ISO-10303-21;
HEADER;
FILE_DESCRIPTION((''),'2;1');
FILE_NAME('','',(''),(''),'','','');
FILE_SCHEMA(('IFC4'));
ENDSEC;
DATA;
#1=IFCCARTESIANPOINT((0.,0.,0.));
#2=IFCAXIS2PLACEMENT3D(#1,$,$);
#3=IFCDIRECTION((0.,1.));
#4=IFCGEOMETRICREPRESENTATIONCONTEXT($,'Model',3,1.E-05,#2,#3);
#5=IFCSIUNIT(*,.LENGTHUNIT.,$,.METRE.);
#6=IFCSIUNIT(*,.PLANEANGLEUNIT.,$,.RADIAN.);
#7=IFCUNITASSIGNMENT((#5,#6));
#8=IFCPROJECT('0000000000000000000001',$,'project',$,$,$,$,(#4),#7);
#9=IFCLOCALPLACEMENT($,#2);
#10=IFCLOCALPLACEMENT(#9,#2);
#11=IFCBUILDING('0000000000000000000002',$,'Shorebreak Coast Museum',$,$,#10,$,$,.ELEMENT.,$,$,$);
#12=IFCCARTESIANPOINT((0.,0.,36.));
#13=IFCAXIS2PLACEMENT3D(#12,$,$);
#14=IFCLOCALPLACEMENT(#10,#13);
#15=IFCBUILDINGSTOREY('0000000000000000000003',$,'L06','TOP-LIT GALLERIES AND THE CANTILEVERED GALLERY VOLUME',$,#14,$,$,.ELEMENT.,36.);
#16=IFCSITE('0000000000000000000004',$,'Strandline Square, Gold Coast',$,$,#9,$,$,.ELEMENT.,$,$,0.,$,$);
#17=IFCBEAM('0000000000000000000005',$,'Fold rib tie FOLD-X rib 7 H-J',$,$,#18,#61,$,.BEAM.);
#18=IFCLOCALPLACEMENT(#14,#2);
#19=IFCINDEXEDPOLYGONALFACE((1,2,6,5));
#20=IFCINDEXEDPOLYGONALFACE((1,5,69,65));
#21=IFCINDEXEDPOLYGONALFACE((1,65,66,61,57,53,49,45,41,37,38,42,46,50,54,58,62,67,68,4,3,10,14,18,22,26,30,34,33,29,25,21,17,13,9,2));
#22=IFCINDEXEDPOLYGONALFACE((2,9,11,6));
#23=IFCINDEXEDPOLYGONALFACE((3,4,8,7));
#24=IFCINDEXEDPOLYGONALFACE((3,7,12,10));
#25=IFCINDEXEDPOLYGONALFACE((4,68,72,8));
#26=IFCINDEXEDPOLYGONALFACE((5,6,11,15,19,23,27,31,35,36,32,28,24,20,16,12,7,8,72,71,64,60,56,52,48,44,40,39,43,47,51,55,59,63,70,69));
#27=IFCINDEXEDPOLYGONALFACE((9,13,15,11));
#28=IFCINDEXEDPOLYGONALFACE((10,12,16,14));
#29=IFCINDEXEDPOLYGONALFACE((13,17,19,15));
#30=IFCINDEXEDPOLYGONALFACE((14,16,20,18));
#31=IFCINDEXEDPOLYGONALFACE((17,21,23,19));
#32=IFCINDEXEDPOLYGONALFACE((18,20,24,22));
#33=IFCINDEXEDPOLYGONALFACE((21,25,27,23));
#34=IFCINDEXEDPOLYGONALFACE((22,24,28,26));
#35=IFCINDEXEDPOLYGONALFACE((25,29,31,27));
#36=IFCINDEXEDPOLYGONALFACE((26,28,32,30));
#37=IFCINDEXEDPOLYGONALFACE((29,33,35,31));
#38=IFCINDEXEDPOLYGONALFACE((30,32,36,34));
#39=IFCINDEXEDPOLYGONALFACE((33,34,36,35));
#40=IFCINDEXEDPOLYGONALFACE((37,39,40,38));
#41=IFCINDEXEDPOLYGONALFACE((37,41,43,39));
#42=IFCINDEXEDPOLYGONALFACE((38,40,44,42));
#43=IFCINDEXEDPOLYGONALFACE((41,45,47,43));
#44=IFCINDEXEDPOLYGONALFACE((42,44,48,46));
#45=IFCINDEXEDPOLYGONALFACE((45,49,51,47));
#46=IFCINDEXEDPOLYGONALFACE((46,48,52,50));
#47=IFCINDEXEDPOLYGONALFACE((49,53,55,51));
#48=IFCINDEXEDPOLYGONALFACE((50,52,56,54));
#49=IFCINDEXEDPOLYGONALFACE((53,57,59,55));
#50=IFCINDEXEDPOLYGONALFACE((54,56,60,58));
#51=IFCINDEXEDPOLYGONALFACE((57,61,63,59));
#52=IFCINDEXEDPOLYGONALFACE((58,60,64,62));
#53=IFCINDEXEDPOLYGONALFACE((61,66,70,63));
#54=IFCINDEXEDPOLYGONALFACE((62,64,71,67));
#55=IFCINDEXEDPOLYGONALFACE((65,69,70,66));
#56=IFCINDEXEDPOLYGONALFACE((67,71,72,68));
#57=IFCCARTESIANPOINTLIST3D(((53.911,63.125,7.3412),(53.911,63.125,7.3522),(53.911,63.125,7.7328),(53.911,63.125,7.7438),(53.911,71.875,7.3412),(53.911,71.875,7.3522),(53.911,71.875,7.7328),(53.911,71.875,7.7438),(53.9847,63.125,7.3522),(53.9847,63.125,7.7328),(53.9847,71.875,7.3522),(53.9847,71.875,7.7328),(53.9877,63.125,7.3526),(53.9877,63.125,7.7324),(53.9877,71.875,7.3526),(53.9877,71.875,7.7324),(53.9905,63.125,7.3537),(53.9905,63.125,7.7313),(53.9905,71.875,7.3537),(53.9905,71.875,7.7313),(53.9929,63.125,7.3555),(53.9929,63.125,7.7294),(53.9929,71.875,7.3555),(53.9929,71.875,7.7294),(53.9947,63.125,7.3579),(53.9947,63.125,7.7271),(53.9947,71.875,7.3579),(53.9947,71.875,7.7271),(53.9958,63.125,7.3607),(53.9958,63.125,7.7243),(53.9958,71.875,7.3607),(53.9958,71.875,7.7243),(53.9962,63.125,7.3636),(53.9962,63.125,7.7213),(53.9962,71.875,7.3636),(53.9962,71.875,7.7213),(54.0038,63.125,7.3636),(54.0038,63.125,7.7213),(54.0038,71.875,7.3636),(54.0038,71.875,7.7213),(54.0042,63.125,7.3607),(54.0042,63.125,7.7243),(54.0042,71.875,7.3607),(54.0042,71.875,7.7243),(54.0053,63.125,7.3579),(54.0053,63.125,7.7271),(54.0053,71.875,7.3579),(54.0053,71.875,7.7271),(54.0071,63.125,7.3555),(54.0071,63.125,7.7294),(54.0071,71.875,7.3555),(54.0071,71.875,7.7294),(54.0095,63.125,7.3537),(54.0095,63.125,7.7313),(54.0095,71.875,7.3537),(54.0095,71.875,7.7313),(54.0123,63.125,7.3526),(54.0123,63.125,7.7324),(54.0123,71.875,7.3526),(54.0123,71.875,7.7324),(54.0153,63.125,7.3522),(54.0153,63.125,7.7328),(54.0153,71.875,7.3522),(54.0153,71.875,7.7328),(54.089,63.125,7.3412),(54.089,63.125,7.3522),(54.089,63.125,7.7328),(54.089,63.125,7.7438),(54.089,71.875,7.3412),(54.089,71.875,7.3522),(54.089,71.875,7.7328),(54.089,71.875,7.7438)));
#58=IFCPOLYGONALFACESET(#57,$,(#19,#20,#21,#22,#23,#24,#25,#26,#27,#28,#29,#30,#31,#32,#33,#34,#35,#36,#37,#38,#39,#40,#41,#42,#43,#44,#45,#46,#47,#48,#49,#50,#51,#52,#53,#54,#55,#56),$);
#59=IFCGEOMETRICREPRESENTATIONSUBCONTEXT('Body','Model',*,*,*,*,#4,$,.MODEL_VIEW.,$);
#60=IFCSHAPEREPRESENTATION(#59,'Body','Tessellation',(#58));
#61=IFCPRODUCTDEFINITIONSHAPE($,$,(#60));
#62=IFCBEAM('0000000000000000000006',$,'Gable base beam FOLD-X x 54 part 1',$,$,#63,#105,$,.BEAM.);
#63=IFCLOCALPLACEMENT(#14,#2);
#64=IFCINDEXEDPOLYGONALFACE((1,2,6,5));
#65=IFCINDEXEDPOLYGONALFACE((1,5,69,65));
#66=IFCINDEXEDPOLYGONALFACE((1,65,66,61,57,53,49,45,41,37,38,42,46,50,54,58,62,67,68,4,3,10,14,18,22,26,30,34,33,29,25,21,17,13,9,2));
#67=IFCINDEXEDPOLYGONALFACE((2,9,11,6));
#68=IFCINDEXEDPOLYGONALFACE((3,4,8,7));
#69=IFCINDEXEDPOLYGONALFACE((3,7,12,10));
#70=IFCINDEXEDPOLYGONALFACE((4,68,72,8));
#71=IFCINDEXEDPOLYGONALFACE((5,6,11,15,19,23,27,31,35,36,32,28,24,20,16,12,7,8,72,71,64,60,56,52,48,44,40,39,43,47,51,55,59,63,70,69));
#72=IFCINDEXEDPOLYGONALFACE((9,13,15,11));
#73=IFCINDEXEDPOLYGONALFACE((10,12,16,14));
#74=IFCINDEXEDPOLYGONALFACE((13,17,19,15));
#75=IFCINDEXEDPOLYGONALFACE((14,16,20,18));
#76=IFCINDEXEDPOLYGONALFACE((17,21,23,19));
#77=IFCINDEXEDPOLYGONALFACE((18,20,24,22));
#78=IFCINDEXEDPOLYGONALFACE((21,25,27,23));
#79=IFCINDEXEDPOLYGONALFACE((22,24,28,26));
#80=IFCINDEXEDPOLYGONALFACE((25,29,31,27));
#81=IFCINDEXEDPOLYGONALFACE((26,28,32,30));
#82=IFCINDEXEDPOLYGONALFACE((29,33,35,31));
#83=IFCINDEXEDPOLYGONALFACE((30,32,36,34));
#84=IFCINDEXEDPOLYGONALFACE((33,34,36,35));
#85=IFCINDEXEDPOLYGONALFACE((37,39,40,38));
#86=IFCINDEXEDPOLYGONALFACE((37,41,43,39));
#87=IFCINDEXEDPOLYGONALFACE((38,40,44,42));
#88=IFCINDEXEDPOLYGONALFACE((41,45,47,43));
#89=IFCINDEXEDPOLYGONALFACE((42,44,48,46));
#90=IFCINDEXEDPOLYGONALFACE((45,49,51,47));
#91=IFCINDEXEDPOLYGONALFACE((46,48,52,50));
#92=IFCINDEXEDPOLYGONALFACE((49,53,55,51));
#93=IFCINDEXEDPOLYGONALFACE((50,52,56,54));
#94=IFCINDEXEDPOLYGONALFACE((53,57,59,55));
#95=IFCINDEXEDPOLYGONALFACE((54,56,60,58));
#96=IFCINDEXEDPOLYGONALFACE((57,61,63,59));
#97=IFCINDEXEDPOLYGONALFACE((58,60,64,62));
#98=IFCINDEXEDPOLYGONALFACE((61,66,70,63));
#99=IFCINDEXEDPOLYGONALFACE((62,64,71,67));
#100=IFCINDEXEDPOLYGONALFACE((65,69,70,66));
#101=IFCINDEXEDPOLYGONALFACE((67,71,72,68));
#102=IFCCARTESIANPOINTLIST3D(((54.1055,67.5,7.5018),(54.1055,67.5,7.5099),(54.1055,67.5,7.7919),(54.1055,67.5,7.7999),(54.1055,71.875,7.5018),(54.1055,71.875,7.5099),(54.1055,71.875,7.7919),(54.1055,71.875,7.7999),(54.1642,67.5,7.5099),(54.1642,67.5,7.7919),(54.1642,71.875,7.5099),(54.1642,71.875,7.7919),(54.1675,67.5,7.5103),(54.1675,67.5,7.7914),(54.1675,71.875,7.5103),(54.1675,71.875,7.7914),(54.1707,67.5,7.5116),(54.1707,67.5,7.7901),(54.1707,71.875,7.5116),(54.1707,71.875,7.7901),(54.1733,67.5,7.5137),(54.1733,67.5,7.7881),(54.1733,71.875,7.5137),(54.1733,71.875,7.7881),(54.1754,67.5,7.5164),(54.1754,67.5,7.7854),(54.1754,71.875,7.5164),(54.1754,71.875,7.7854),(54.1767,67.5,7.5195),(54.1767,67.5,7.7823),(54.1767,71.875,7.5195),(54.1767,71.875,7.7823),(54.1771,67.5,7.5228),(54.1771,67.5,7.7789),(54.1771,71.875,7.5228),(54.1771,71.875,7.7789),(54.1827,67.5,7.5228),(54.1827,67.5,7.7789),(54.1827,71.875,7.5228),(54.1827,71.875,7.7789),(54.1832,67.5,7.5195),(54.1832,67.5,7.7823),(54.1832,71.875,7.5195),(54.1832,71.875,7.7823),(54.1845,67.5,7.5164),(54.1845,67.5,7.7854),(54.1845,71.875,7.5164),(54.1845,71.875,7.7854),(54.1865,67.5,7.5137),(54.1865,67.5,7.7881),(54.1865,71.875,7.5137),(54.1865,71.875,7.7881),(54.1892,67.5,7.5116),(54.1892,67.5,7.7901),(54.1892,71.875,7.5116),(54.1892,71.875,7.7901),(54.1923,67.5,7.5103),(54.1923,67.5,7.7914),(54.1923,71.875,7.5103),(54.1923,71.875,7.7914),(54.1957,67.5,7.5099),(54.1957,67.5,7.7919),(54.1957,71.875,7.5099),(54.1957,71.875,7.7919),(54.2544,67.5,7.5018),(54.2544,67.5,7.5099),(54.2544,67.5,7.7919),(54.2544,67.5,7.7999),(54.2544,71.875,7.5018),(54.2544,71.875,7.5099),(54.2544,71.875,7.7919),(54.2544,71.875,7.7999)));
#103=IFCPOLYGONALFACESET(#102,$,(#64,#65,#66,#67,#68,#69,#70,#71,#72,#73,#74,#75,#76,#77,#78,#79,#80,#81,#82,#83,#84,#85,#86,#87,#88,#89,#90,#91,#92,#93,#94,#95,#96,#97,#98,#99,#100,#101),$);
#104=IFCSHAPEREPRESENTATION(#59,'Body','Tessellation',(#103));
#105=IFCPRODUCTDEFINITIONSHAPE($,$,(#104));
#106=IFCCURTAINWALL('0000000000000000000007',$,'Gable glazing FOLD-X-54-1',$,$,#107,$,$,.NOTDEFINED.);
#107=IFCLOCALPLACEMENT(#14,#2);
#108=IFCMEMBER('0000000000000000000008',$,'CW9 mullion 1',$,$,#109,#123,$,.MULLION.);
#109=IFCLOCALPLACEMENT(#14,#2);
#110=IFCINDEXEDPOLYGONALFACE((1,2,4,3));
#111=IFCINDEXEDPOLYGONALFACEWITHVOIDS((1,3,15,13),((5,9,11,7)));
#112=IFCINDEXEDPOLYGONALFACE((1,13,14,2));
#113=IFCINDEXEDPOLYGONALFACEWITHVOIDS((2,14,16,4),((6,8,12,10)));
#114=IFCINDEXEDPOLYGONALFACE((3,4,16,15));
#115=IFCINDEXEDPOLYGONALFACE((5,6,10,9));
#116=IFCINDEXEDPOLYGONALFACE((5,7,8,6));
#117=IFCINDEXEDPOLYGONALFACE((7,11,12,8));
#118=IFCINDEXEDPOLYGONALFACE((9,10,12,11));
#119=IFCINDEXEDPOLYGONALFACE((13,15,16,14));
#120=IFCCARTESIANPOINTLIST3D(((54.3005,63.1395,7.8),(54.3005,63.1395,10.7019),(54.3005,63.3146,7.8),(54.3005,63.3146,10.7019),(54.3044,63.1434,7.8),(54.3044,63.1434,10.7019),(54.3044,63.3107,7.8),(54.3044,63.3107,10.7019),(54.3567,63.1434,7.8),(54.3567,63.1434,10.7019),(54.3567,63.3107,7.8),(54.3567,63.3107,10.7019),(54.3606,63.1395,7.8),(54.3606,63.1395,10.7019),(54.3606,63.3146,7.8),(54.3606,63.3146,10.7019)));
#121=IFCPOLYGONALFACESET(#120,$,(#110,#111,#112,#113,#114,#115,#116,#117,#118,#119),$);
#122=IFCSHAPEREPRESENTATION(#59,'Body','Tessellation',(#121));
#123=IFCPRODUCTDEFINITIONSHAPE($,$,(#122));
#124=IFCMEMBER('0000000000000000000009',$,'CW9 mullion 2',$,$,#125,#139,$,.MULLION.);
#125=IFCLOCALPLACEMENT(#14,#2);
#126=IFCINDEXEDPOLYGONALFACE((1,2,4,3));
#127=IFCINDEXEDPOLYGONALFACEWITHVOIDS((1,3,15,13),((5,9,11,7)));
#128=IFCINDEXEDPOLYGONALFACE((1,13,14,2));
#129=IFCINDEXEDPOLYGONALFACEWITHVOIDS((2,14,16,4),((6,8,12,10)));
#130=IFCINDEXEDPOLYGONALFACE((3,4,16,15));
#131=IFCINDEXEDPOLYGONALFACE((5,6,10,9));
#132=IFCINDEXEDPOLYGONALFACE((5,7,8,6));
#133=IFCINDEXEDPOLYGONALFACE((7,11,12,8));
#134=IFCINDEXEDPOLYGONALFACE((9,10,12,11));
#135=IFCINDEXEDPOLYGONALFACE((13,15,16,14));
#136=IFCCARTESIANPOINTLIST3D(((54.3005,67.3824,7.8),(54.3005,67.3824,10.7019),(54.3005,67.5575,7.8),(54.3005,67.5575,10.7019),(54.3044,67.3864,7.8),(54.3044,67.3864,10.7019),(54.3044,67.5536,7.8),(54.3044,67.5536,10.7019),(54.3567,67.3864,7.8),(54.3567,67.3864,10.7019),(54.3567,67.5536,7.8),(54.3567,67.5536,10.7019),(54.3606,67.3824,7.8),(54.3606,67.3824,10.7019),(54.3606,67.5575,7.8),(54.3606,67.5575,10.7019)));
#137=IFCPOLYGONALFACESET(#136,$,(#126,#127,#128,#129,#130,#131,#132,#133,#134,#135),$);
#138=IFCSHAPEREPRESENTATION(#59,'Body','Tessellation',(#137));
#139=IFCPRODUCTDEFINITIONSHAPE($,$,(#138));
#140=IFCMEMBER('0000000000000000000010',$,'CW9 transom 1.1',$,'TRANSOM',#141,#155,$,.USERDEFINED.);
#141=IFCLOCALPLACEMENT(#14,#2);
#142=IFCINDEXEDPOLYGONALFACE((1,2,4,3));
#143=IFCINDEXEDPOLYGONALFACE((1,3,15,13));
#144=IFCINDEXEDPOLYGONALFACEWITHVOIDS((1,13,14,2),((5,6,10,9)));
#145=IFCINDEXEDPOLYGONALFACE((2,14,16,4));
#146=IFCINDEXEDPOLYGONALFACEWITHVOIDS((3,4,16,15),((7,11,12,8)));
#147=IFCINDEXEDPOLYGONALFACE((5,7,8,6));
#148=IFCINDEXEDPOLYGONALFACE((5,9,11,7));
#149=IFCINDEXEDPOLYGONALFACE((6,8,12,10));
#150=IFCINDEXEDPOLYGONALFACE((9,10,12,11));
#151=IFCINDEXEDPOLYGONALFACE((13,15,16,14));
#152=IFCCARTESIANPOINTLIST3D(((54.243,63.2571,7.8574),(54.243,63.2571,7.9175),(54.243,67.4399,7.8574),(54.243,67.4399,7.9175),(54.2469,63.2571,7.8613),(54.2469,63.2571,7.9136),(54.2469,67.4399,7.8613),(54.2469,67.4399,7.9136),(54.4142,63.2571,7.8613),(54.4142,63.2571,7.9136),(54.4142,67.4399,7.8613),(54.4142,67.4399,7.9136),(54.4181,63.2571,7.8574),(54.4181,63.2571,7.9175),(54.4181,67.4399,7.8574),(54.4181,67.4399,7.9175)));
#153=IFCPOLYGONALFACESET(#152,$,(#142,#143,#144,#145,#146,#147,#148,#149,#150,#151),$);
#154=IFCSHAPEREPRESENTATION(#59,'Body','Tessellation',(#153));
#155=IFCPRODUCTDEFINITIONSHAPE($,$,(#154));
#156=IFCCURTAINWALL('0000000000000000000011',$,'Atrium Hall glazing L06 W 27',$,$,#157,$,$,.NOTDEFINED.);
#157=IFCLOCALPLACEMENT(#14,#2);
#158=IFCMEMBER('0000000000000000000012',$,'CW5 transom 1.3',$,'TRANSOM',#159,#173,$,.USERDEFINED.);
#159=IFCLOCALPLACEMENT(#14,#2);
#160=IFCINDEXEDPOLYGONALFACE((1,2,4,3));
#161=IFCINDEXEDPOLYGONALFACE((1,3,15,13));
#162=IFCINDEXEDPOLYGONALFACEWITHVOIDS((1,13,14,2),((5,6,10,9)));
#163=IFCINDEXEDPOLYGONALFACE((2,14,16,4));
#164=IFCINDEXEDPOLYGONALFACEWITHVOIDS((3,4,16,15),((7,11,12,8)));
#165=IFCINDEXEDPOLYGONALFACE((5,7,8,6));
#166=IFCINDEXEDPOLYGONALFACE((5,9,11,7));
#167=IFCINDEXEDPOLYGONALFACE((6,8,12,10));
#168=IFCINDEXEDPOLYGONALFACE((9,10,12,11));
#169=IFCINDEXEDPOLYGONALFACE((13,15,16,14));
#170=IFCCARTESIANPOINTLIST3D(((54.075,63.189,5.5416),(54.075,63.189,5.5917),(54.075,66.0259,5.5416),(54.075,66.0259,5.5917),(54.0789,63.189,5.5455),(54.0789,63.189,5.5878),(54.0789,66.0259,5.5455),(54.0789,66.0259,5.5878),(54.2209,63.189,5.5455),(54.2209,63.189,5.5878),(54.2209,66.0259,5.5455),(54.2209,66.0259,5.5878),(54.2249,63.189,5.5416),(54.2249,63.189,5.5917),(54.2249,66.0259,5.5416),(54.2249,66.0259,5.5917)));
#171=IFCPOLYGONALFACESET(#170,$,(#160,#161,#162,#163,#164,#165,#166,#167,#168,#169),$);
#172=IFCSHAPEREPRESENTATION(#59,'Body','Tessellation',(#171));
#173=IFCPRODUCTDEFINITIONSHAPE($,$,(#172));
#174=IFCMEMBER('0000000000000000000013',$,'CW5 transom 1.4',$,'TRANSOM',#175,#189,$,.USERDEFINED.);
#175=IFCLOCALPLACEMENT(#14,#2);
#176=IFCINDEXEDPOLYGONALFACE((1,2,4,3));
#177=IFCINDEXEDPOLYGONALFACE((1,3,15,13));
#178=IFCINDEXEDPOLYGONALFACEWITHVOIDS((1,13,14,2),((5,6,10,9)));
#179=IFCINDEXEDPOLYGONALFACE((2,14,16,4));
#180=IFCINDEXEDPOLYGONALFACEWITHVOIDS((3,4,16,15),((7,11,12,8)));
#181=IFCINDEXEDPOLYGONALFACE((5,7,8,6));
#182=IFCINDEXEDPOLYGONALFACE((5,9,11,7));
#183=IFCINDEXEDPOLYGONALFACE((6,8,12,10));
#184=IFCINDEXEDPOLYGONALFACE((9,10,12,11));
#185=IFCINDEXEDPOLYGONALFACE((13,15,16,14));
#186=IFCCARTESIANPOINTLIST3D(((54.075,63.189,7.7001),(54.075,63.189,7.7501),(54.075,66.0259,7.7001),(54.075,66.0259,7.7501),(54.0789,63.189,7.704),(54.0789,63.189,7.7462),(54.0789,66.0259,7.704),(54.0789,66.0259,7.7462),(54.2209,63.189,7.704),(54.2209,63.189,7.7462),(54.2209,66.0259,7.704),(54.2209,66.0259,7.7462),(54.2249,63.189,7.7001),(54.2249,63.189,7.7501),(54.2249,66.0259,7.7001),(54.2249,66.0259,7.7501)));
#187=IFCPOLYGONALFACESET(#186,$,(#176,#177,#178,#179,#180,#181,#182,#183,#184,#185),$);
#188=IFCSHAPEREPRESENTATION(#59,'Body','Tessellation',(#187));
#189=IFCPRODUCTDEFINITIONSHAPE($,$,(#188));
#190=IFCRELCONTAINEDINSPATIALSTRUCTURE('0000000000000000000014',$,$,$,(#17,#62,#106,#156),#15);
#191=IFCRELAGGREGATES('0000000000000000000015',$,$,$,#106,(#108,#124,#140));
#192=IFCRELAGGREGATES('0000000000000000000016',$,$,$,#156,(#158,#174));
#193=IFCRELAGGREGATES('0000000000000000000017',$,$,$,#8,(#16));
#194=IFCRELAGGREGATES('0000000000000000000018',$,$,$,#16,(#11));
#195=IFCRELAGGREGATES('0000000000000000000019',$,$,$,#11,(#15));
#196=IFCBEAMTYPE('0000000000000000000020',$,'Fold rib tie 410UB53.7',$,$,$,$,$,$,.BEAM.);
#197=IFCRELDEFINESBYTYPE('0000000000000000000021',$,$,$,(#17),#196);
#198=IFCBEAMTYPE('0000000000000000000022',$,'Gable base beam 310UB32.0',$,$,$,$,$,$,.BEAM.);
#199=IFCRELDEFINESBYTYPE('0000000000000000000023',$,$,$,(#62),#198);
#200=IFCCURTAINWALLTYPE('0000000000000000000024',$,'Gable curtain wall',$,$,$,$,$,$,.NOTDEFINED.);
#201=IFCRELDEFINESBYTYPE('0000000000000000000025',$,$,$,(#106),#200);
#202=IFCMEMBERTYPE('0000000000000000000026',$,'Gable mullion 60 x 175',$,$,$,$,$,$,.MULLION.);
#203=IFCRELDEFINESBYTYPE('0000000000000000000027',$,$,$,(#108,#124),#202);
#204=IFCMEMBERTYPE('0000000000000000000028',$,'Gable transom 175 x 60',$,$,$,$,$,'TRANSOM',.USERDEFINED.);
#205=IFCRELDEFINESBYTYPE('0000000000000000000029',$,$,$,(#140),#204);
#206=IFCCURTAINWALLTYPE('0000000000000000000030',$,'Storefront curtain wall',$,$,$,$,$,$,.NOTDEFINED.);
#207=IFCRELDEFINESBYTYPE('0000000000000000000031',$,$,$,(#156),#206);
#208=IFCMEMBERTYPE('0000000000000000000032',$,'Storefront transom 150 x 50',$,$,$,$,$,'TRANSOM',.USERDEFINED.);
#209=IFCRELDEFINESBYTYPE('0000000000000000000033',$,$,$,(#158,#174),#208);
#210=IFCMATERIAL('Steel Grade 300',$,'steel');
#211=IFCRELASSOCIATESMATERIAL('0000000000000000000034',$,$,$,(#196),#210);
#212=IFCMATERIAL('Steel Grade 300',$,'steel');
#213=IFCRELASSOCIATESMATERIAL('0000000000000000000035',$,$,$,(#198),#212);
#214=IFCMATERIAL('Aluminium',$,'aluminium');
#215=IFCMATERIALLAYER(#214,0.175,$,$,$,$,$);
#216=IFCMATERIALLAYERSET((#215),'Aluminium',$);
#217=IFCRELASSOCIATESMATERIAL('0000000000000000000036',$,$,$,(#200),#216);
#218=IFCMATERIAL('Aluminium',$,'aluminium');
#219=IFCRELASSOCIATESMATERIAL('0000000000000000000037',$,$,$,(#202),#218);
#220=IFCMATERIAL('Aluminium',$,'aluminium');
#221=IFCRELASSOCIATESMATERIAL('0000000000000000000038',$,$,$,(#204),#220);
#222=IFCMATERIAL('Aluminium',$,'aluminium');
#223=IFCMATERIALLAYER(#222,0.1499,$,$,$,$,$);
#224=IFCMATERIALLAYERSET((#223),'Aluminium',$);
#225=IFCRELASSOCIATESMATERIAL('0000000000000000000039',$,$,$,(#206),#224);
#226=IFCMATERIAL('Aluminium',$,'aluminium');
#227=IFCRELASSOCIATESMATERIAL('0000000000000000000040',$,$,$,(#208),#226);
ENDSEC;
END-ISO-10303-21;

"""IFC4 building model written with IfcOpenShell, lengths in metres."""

from ifc_helpers import new_model, si_unit, direction, frame, origin, origin_2d, place, context, subcontext, project, spatial, hollow_rectangle, i_section, extrude, material, layer, layer_set, material_profile, profile_set, type_object, element, aggregate, save


model = new_model("IFC4")

# Units and contexts
model_context = context("Model", 3, precision=1e-05, world=origin(), true_north=direction((0.0, 1.0)))
body_context = subcontext(model_context, "Body", "Model", "MODEL_VIEW")
ifc_project = project(units=[si_unit("LENGTHUNIT", "METRE"), si_unit("PLANEANGLEUNIT", "RADIAN")], contexts=[model_context])

# Site, building, storey
site_placement = place(None, origin())
site = spatial("IfcSite", under=ifc_project, at=site_placement, Name="Strandline Square, Gold Coast", CompositionType="ELEMENT", RefElevation=0.0)
building_placement = place(site_placement, origin())
building = spatial("IfcBuilding", under=site, at=building_placement, Name="Shorebreak Coast Museum", CompositionType="ELEMENT")
storey_placement = place(building_placement, frame((0.0, 0.0, 36.0)))
storey = spatial("IfcBuildingStorey", under=building, at=storey_placement, Name="L06", Description="TOP-LIT GALLERIES AND THE CANTILEVERED GALLERY VOLUME", CompositionType="ELEMENT", Elevation=36.0)

# Beams
ifc_material_1 = material(Name="Steel Grade 300", Category="steel")
ifc_material_profile_1 = material_profile(ifc_material_1, i_section(OverallWidth=0.178, OverallDepth=0.4026, WebThickness=0.0076, FlangeThickness=0.011, FilletRadius=0.0115, at=origin_2d()), Name="410UB53.7")
ifc_profile_set_1 = profile_set([ifc_material_profile_1], Name="Steel Grade 300")
beam_type_1 = type_object("IfcBeamType", Name="Fold rib tie 410UB53.7", PredefinedType="BEAM", material=ifc_profile_set_1)
beam_1_placement = place(storey_placement, frame((54.0, 63.125, 7.5425), z_axis=(0.0, 1.0, 0.0), x_axis=(-1.0, 0.0, 0.0)))
element("IfcBeam", 1, at=beam_1_placement, inside=storey, type_object=beam_type_1, Name="Fold rib tie FOLD-X rib 7 H-J", PredefinedType="BEAM", context=body_context, shape_type="SweptSolid", body=[
    extrude(i_section(OverallWidth=0.178, OverallDepth=0.4026, WebThickness=0.0076, FlangeThickness=0.011, FilletRadius=0.0115, at=origin_2d()), origin(), (0.0, 0.0, 1.0), 8.75),
])
ifc_material_2 = material(Name="Steel Grade 300", Category="steel")
ifc_material_profile_2 = material_profile(ifc_material_2, i_section(OverallWidth=0.1489, OverallDepth=0.2981, WebThickness=0.0056, FlangeThickness=0.0081, FilletRadius=0.0129, at=origin_2d()), Name="310UB32.0")
ifc_profile_set_2 = profile_set([ifc_material_profile_2], Name="Steel Grade 300")
beam_type_2 = type_object("IfcBeamType", Name="Gable base beam 310UB32.0", PredefinedType="BEAM", material=ifc_profile_set_2)
beam_2_placement = place(storey_placement, frame((54.1799, 67.5, 7.6509), z_axis=(0.0, 1.0, 0.0), x_axis=(-1.0, 0.0, 0.0)))
element("IfcBeam", 2, at=beam_2_placement, inside=storey, type_object=beam_type_2, Name="Gable base beam FOLD-X x 54 part 1", PredefinedType="BEAM", context=body_context, shape_type="SweptSolid", body=[
    extrude(i_section(OverallWidth=0.1489, OverallDepth=0.2981, WebThickness=0.0056, FlangeThickness=0.0081, FilletRadius=0.0129, at=origin_2d()), origin(), (0.0, 0.0, 1.0), 4.375),
])

# Curtain wall, members
ifc_material_3 = material(Name="Aluminium", Category="aluminium")
ifc_layer_1 = layer(ifc_material_3, 0.175)
ifc_layer_set_1 = layer_set([ifc_layer_1], Name="Aluminium")
curtain_wall_type_1 = type_object("IfcCurtainWallType", Name="Gable curtain wall", PredefinedType="NOTDEFINED", material=ifc_layer_set_1)
curtain_wall_1_placement = place(storey_placement, origin())
curtain_wall_1 = element("IfcCurtainWall", 3, at=curtain_wall_1_placement, inside=storey, type_object=curtain_wall_type_1, Name="Gable glazing FOLD-X-54-1", PredefinedType="NOTDEFINED")
ifc_material_4 = material(Name="Aluminium", Category="aluminium")
ifc_material_profile_3 = material_profile(ifc_material_4, hollow_rectangle(XDim=0.0601, YDim=0.175, WallThickness=0.0039, at=origin_2d()), Name="AL 175x60 RHS")
ifc_profile_set_3 = profile_set([ifc_material_profile_3], Name="Aluminium")
member_type_1 = type_object("IfcMemberType", Name="Gable mullion 60 x 175", PredefinedType="MULLION", material=ifc_profile_set_3)
member_1_placement = place(storey_placement, frame((54.3306, 63.2271, 7.8), z_axis=(0.0, 0.0, 1.0), x_axis=(-1.0, 0.0, 0.0)))
member_1 = element("IfcMember", 4, at=member_1_placement, type_object=member_type_1, Name="CW9 mullion 1", PredefinedType="MULLION", context=body_context, shape_type="SweptSolid", body=[
    extrude(hollow_rectangle(XDim=0.0601, YDim=0.175, WallThickness=0.0039, at=origin_2d()), origin(), (0.0, 0.0, 1.0), 2.9019),
])
member_2_placement = place(storey_placement, frame((54.3306, 67.47, 7.8), z_axis=(0.0, 0.0, 1.0), x_axis=(-1.0, 0.0, 0.0)))
member_2 = element("IfcMember", 5, at=member_2_placement, type_object=member_type_1, Name="CW9 mullion 2", PredefinedType="MULLION", context=body_context, shape_type="SweptSolid", body=[
    extrude(hollow_rectangle(XDim=0.0601, YDim=0.175, WallThickness=0.0039, at=origin_2d()), origin(), (0.0, 0.0, 1.0), 2.9019),
])
ifc_material_5 = material(Name="Aluminium", Category="aluminium")
ifc_material_profile_4 = material_profile(ifc_material_5, hollow_rectangle(XDim=0.175, YDim=0.0601, WallThickness=0.0039, at=origin_2d()), Name="AL 60x175 RHS")
ifc_profile_set_4 = profile_set([ifc_material_profile_4], Name="Aluminium")
member_type_2 = type_object("IfcMemberType", Name="Gable transom 175 x 60", ElementType="TRANSOM", PredefinedType="USERDEFINED", material=ifc_profile_set_4)
member_3_placement = place(storey_placement, frame((54.3306, 63.2571, 7.8875), z_axis=(0.0, 1.0, 0.0), x_axis=(-1.0, 0.0, 0.0)))
member_3 = element("IfcMember", 6, at=member_3_placement, type_object=member_type_2, Name="CW9 transom 1.1", ObjectType="TRANSOM", PredefinedType="USERDEFINED", context=body_context, shape_type="SweptSolid", body=[
    extrude(hollow_rectangle(XDim=0.175, YDim=0.0601, WallThickness=0.0039, at=origin_2d()), origin(), (0.0, 0.0, 1.0), 4.1829),
])
aggregate(curtain_wall_1, [member_1, member_2, member_3])

# Curtain wall, members
ifc_material_6 = material(Name="Aluminium", Category="aluminium")
ifc_layer_2 = layer(ifc_material_6, 0.1499)
ifc_layer_set_2 = layer_set([ifc_layer_2], Name="Aluminium")
curtain_wall_type_2 = type_object("IfcCurtainWallType", Name="Storefront curtain wall", PredefinedType="NOTDEFINED", material=ifc_layer_set_2)
curtain_wall_2_placement = place(storey_placement, origin())
curtain_wall_2 = element("IfcCurtainWall", 7, at=curtain_wall_2_placement, inside=storey, type_object=curtain_wall_type_2, Name="Atrium Hall glazing L06 W 27", PredefinedType="NOTDEFINED")
ifc_material_7 = material(Name="Aluminium", Category="aluminium")
ifc_material_profile_5 = material_profile(ifc_material_7, hollow_rectangle(XDim=0.1499, YDim=0.05, WallThickness=0.0039, at=origin_2d()), Name="AL 50x150 RHS")
ifc_profile_set_5 = profile_set([ifc_material_profile_5], Name="Aluminium")
member_type_3 = type_object("IfcMemberType", Name="Storefront transom 150 x 50", ElementType="TRANSOM", PredefinedType="USERDEFINED", material=ifc_profile_set_5)
member_4_placement = place(storey_placement, frame((54.1499, 63.189, 5.5667), z_axis=(0.0, 1.0, 0.0), x_axis=(-1.0, 0.0, 0.0)))
member_4 = element("IfcMember", 8, at=member_4_placement, type_object=member_type_3, Name="CW5 transom 1.3", ObjectType="TRANSOM", PredefinedType="USERDEFINED", context=body_context, shape_type="SweptSolid", body=[
    extrude(hollow_rectangle(XDim=0.1499, YDim=0.05, WallThickness=0.0039, at=origin_2d()), origin(), (0.0, 0.0, 1.0), 2.8369),
])
member_5_placement = place(storey_placement, frame((54.1499, 63.189, 7.7251), z_axis=(0.0, 1.0, 0.0), x_axis=(-1.0, 0.0, 0.0)))
member_5 = element("IfcMember", 9, at=member_5_placement, type_object=member_type_3, Name="CW5 transom 1.4", ObjectType="TRANSOM", PredefinedType="USERDEFINED", context=body_context, shape_type="SweptSolid", body=[
    extrude(hollow_rectangle(XDim=0.1499, YDim=0.05, WallThickness=0.0039, at=origin_2d()), origin(), (0.0, 0.0, 1.0), 2.8369),
])
aggregate(curtain_wall_2, [member_4, member_5])

save(model, "model.ifc")
